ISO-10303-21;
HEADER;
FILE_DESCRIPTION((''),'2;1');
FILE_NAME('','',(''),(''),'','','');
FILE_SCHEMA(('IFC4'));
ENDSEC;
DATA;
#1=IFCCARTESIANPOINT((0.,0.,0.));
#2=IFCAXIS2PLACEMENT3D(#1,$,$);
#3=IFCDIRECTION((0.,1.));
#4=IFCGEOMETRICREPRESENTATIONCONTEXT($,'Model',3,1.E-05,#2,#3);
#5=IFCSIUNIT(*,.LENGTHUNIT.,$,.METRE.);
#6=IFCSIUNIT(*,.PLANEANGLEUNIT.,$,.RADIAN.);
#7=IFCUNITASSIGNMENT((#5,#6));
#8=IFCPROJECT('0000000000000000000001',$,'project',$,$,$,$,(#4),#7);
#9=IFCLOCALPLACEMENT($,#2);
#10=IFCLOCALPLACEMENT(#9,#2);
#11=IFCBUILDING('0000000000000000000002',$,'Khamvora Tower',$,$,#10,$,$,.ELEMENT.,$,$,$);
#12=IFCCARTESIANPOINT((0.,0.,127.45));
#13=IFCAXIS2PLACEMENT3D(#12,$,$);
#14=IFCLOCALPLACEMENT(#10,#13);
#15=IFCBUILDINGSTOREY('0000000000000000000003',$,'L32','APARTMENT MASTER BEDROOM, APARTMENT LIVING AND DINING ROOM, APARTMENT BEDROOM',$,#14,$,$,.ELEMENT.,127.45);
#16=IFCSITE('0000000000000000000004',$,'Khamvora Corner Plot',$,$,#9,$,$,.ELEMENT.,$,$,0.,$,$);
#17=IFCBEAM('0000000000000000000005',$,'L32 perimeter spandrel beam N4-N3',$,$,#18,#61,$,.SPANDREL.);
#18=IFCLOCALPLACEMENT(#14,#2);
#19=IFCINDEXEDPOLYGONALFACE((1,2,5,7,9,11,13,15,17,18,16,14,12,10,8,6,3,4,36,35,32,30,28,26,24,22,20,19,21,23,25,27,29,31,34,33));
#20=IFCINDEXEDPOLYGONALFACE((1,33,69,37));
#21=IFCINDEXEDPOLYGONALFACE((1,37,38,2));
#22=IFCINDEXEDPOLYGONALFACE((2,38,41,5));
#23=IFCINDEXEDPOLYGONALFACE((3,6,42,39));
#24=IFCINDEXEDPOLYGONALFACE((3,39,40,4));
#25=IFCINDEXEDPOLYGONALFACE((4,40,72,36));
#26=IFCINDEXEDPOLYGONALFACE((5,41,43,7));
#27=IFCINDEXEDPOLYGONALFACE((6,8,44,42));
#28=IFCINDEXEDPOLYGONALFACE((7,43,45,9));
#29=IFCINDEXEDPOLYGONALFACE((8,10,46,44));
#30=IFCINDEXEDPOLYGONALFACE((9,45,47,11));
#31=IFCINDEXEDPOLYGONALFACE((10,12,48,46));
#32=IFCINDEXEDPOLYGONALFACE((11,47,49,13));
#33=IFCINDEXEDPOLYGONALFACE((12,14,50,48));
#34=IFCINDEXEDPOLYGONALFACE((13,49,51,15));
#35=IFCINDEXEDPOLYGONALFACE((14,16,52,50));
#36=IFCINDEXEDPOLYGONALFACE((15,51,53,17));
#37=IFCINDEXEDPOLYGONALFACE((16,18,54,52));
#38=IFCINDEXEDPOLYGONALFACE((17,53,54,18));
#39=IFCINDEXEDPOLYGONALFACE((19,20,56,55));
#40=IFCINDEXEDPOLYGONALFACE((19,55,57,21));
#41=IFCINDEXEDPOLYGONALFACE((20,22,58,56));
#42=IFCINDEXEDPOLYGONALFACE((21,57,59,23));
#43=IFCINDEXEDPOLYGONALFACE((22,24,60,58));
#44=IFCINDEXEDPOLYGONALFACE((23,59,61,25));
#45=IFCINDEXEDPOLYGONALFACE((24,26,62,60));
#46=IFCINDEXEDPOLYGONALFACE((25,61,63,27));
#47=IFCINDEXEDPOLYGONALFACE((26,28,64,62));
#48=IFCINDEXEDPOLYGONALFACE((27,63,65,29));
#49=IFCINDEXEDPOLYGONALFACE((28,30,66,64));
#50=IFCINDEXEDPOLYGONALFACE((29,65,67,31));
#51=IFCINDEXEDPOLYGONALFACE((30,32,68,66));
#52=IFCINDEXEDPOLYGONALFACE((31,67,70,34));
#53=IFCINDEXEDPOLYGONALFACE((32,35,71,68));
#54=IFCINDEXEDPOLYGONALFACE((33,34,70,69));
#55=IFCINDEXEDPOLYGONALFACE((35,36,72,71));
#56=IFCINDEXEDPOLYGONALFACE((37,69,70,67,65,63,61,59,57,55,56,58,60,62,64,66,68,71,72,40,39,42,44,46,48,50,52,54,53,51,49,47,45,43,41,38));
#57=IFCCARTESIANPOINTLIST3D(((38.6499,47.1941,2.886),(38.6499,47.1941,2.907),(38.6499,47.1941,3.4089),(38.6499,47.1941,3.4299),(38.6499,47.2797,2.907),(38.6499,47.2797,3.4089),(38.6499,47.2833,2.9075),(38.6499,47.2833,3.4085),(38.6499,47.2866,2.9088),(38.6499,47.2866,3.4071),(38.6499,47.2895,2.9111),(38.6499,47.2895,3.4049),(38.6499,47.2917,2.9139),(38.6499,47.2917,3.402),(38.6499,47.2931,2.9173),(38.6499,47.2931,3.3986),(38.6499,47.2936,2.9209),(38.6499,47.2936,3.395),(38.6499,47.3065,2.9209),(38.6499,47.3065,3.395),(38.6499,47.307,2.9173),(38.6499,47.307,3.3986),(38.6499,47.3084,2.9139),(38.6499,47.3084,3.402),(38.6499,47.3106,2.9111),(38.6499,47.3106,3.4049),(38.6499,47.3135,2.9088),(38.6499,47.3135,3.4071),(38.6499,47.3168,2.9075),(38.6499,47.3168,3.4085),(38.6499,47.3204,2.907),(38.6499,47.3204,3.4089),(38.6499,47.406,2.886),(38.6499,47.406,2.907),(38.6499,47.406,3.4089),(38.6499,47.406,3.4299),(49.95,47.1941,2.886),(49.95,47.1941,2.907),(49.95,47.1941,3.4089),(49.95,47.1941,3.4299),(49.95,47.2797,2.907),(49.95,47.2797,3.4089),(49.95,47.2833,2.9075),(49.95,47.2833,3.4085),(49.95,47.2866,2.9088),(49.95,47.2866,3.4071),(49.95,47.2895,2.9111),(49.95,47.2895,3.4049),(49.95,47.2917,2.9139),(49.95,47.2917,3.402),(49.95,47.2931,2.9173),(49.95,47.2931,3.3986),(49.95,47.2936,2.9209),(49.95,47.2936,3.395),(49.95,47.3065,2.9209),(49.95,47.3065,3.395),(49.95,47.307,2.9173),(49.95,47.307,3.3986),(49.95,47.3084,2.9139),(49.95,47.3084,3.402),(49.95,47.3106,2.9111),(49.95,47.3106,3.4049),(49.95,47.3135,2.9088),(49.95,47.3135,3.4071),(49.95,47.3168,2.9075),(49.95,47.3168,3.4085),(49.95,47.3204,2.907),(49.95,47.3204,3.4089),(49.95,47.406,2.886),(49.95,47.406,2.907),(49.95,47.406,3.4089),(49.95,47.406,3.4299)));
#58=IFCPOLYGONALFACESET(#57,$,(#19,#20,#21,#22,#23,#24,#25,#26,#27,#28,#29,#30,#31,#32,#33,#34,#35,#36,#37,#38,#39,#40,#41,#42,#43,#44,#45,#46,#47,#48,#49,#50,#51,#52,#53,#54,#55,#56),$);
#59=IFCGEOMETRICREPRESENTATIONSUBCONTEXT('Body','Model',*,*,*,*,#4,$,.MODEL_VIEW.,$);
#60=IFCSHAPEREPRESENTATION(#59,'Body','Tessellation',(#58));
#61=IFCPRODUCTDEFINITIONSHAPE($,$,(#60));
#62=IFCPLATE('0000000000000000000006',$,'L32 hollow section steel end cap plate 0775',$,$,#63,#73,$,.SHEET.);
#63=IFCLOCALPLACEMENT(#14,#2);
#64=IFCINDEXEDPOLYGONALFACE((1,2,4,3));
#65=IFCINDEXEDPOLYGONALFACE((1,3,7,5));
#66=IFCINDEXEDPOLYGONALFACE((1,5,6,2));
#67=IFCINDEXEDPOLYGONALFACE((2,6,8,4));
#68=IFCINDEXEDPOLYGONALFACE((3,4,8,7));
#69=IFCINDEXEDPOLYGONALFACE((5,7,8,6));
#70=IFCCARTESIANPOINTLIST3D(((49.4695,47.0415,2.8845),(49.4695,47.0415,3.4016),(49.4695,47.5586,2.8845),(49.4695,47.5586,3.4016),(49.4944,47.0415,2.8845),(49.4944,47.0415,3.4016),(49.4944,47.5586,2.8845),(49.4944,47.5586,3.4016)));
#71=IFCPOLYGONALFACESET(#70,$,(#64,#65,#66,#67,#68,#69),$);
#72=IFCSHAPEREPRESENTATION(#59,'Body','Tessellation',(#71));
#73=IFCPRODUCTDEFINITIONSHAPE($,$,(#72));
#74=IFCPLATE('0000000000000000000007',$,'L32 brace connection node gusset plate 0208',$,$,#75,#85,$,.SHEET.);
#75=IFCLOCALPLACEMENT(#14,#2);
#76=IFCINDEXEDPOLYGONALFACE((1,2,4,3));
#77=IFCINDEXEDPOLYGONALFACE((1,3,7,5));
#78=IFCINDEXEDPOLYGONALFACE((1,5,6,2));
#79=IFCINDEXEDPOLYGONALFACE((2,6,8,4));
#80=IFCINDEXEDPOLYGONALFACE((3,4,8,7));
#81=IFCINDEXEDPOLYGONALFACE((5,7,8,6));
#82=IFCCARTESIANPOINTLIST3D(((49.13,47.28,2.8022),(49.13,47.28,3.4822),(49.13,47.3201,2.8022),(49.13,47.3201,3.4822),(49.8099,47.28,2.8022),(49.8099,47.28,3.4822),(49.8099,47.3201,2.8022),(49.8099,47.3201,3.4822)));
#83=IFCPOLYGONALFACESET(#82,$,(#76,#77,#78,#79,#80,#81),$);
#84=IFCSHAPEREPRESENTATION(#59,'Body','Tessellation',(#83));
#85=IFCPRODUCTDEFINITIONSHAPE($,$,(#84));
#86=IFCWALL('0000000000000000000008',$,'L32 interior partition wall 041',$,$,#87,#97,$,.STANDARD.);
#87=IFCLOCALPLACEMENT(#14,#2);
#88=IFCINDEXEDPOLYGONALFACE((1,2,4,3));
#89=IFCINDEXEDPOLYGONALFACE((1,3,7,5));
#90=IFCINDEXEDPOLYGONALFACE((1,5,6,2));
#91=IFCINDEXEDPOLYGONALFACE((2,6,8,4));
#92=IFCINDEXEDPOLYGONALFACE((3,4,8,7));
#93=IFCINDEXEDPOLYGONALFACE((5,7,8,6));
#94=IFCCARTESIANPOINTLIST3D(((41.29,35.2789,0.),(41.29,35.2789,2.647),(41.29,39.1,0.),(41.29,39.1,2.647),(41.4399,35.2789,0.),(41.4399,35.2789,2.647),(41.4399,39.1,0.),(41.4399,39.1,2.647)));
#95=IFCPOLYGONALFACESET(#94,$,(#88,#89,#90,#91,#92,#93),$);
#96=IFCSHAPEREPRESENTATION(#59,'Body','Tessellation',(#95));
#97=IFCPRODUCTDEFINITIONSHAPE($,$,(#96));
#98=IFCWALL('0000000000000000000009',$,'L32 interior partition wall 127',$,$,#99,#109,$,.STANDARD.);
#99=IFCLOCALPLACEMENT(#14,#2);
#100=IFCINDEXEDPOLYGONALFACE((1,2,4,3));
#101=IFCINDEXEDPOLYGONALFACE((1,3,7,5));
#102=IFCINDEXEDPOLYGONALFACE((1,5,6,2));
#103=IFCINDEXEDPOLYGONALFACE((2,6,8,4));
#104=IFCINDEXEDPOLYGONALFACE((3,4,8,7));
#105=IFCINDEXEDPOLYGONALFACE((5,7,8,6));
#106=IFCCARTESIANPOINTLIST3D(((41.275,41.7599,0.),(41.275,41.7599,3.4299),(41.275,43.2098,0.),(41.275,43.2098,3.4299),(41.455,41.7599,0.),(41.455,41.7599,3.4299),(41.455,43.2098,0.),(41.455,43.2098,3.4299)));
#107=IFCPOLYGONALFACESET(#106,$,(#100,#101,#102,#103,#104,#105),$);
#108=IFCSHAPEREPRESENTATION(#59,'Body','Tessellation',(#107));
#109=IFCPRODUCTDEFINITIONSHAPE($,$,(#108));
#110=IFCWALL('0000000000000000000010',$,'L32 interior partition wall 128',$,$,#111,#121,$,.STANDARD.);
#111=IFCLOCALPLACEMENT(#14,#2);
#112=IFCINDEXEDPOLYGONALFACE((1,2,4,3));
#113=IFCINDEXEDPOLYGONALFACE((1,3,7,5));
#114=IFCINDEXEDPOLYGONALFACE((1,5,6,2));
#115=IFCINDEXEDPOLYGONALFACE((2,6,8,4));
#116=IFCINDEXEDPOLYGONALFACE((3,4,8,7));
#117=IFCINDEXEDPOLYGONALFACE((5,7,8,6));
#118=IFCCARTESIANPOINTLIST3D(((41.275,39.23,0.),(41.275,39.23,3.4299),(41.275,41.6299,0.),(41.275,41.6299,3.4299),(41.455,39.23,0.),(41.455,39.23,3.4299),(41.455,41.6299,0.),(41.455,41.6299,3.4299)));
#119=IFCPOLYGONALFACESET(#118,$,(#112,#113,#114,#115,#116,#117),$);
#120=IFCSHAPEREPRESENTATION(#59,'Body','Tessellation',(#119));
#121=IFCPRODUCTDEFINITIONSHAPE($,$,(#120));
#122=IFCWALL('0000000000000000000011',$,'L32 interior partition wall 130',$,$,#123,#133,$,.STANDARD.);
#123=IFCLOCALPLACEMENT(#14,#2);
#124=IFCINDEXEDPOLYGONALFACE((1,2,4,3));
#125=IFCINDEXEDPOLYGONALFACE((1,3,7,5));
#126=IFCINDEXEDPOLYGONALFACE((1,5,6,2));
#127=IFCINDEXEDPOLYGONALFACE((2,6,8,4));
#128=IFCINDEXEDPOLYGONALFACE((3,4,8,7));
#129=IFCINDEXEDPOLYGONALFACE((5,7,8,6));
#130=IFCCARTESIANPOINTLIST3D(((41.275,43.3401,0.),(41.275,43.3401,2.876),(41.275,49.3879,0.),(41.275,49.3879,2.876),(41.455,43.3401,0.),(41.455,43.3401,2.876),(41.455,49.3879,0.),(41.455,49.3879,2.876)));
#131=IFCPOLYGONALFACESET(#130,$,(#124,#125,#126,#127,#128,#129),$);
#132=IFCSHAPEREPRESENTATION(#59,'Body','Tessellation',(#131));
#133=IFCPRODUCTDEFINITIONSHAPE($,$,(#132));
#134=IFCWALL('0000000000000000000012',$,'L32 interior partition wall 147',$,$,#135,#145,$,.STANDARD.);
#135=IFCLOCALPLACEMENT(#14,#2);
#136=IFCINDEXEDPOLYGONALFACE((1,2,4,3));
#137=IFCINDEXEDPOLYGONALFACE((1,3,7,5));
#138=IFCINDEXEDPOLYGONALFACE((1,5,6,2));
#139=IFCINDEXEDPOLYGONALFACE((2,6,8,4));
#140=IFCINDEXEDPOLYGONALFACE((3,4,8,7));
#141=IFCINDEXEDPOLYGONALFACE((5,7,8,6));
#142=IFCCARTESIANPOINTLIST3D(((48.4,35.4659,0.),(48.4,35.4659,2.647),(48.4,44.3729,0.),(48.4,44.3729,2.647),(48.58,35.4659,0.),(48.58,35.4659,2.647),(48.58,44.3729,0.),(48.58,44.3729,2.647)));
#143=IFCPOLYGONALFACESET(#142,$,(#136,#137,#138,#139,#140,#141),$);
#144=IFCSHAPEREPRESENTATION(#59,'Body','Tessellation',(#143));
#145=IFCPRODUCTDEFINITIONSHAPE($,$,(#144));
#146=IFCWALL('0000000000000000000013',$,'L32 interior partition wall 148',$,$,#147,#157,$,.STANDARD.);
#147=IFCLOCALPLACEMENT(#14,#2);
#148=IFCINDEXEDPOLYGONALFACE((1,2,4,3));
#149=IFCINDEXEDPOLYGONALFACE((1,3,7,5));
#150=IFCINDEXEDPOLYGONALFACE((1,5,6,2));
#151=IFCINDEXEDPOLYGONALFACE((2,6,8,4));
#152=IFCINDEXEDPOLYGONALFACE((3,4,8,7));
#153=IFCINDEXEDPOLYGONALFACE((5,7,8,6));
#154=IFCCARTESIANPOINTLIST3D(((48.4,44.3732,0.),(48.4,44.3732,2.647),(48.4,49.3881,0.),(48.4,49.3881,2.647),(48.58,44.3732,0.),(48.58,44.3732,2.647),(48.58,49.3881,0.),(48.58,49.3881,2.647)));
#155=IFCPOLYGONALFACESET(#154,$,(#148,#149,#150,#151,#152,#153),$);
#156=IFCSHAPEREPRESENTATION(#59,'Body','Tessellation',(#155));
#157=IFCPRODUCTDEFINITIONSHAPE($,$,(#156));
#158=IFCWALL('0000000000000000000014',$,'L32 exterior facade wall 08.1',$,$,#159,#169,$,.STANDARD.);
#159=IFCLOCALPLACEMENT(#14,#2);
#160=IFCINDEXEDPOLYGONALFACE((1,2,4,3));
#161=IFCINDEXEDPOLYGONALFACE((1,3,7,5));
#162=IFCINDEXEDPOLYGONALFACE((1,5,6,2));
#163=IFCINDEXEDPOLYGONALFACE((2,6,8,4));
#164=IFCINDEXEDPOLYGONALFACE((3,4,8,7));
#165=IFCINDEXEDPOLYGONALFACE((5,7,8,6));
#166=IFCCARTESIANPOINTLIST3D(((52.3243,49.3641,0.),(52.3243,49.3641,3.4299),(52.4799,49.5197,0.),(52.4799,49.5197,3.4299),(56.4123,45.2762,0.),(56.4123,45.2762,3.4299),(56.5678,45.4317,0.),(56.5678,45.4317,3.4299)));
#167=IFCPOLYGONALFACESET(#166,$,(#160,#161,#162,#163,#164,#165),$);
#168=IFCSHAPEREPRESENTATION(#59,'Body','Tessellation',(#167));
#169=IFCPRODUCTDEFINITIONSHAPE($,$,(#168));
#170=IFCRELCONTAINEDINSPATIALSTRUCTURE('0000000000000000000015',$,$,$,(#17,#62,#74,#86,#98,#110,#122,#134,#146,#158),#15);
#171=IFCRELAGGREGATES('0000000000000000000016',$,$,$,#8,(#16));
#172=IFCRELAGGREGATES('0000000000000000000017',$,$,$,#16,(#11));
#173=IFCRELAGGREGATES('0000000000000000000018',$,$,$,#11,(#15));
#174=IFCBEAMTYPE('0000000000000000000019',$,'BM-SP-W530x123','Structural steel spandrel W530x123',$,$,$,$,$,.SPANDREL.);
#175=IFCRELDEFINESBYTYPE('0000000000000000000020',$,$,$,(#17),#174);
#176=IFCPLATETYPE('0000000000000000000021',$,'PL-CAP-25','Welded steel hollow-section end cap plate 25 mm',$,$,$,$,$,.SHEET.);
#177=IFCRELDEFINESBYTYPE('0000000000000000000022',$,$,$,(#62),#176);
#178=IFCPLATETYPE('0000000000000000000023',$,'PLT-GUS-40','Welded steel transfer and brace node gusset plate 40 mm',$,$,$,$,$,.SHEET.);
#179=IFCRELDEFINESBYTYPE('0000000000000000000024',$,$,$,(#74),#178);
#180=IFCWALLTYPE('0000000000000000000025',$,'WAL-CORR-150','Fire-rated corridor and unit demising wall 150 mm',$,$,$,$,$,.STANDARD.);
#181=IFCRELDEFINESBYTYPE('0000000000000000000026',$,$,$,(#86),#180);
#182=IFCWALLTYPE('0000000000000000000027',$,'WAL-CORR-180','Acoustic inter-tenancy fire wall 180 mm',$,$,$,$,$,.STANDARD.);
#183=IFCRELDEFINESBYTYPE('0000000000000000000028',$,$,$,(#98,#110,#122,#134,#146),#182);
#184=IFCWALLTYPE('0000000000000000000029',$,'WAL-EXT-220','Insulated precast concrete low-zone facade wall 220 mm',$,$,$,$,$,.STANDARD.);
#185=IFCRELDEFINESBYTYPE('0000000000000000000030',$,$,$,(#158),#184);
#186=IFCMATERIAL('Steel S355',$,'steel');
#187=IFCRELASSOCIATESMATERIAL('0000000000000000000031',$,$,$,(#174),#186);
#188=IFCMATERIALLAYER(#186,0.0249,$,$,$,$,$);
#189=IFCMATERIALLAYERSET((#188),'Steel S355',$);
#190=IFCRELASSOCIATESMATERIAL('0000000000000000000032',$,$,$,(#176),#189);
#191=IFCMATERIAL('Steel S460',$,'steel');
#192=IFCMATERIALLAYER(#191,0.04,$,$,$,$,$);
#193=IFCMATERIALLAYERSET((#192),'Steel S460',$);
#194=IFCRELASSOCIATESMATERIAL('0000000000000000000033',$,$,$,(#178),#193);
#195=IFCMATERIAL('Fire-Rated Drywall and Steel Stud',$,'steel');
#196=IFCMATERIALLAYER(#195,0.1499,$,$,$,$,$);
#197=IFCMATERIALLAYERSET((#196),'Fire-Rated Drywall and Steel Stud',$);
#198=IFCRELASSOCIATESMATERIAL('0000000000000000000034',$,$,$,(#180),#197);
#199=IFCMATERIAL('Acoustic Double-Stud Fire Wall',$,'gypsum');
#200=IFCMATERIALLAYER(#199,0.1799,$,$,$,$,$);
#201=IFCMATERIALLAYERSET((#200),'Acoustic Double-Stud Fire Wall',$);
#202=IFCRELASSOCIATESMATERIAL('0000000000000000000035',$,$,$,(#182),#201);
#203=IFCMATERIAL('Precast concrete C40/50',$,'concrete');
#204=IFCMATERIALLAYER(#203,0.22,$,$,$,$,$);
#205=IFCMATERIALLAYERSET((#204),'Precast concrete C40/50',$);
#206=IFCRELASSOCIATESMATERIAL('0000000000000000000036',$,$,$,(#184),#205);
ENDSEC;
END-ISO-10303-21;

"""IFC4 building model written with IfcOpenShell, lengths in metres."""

from ifc_helpers import new_model, si_unit, direction, frame, frame_2d, origin, origin_2d, place, context, subcontext, project, spatial, rectangle, i_section, extrude, material, layer, layer_set, material_profile, profile_set, type_object, element, save


model = new_model("IFC4")

# Units and contexts
model_context = context("Model", 3, precision=1e-05, world=origin(), true_north=direction((0.0, 1.0)))
body_context = subcontext(model_context, "Body", "Model", "MODEL_VIEW")
ifc_project = project(units=[si_unit("LENGTHUNIT", "METRE"), si_unit("PLANEANGLEUNIT", "RADIAN")], contexts=[model_context])

# Site, building, storey
site_placement = place(None, origin())
site = spatial("IfcSite", under=ifc_project, at=site_placement, Name="Khamvora Corner Plot", CompositionType="ELEMENT", RefElevation=0.0)
building_placement = place(site_placement, origin())
building = spatial("IfcBuilding", under=site, at=building_placement, Name="Khamvora Tower", CompositionType="ELEMENT")
storey_placement = place(building_placement, frame((0.0, 0.0, 127.45)))
storey = spatial("IfcBuildingStorey", under=building, at=storey_placement, Name="L32", Description="APARTMENT MASTER BEDROOM, APARTMENT LIVING AND DINING ROOM, APARTMENT BEDROOM", CompositionType="ELEMENT", Elevation=127.45)

# Shared definitions
ifc_material_1 = material(Name="Steel S355", Category="steel")

# Beam
ifc_material_profile_1 = material_profile(ifc_material_1, i_section(OverallWidth=0.2119, OverallDepth=0.5439, WebThickness=0.0129, FlangeThickness=0.021, FilletRadius=0.0139, at=origin_2d()), Name="W530x123")
ifc_profile_set_1 = profile_set([ifc_material_profile_1], Name="Steel S355")
beam_type_1 = type_object("IfcBeamType", Name="BM-SP-W530x123", Description="Structural steel spandrel W530x123", PredefinedType="SPANDREL", material=ifc_profile_set_1)
beam_1_placement = place(storey_placement, frame((49.95, 47.3, 3.158), z_axis=(-1.0, 0.0, 0.0), x_axis=(0.0, -1.0, 0.0)))
element("IfcBeam", 1, at=beam_1_placement, inside=storey, type_object=beam_type_1, Name="L32 perimeter spandrel beam N4-N3", PredefinedType="SPANDREL", context=body_context, shape_type="SweptSolid", body=[
    extrude(i_section(OverallWidth=0.2119, OverallDepth=0.5439, WebThickness=0.0129, FlangeThickness=0.021, FilletRadius=0.0139, at=origin_2d()), origin(), (0.0, 0.0, 1.0), 11.3),
])

# Plates
ifc_layer_1 = layer(ifc_material_1, 0.0249)
ifc_layer_set_1 = layer_set([ifc_layer_1], Name="Steel S355")
plate_type_1 = type_object("IfcPlateType", Name="PL-CAP-25", Description="Welded steel hollow-section end cap plate 25 mm", PredefinedType="SHEET", material=ifc_layer_set_1)
plate_1_placement = place(storey_placement, frame((49.4819, 47.3, 2.8845), z_axis=(0.0, 0.0, 1.0), x_axis=(1.0, 0.0, 0.0)))
element("IfcPlate", 2, at=plate_1_placement, inside=storey, type_object=plate_type_1, Name="L32 hollow section steel end cap plate 0775", PredefinedType="SHEET", context=body_context, shape_type="SweptSolid", body=[
    extrude(rectangle(XDim=0.0249, YDim=0.5171, at=origin_2d()), origin(), (0.0, 0.0, 1.0), 0.5171),
])
ifc_material_2 = material(Name="Steel S460", Category="steel")
ifc_layer_2 = layer(ifc_material_2, 0.04)
ifc_layer_set_2 = layer_set([ifc_layer_2], Name="Steel S460")
plate_type_2 = type_object("IfcPlateType", Name="PLT-GUS-40", Description="Welded steel transfer and brace node gusset plate 40 mm", PredefinedType="SHEET", material=ifc_layer_set_2)
plate_2_placement = place(storey_placement, frame((49.47, 47.3, 2.8022), z_axis=(0.0, 0.0, 1.0), x_axis=(1.0, 0.0, 0.0)))
element("IfcPlate", 3, at=plate_2_placement, inside=storey, type_object=plate_type_2, Name="L32 brace connection node gusset plate 0208", PredefinedType="SHEET", context=body_context, shape_type="SweptSolid", body=[
    extrude(rectangle(XDim=0.6799, YDim=0.04, at=origin_2d()), origin(), (0.0, 0.0, 1.0), 0.6799),
])

# Walls
ifc_material_3 = material(Name="Fire-Rated Drywall and Steel Stud", Category="steel")
ifc_layer_3 = layer(ifc_material_3, 0.1499)
ifc_layer_set_3 = layer_set([ifc_layer_3], Name="Fire-Rated Drywall and Steel Stud")
wall_type_1 = type_object("IfcWallType", Name="WAL-CORR-150", Description="Fire-rated corridor and unit demising wall 150 mm", PredefinedType="STANDARD", material=ifc_layer_set_3)
wall_1_placement = place(storey_placement, frame((41.365, 39.1001, 0.0), z_axis=(0.0, 0.0, 1.0), x_axis=(0.0, -1.0, 0.0)))
element("IfcWall", 4, at=wall_1_placement, inside=storey, type_object=wall_type_1, Name="L32 interior partition wall 041", PredefinedType="STANDARD", context=body_context, shape_type="SweptSolid", body=[
    extrude(rectangle(XDim=3.821, YDim=0.1499, at=frame_2d((1.9106, 0.0))), origin(), (0.0, 0.0, 1.0), 2.647),
])
ifc_material_4 = material(Name="Acoustic Double-Stud Fire Wall", Category="gypsum")
ifc_layer_4 = layer(ifc_material_4, 0.1799)
ifc_layer_set_4 = layer_set([ifc_layer_4], Name="Acoustic Double-Stud Fire Wall")
wall_type_2 = type_object("IfcWallType", Name="WAL-CORR-180", Description="Acoustic inter-tenancy fire wall 180 mm", PredefinedType="STANDARD", material=ifc_layer_set_4)
wall_2_placement = place(storey_placement, frame((41.365, 43.21, 0.0), z_axis=(0.0, 0.0, 1.0), x_axis=(0.0, -1.0, 0.0)))
element("IfcWall", 5, at=wall_2_placement, inside=storey, type_object=wall_type_2, Name="L32 interior partition wall 127", PredefinedType="STANDARD", context=body_context, shape_type="SweptSolid", body=[
    extrude(rectangle(XDim=1.45, YDim=0.1799, at=frame_2d((0.7251, 0.0))), origin(), (0.0, 0.0, 1.0), 3.4299),
])
wall_3_placement = place(storey_placement, frame((41.365, 41.6299, 0.0), z_axis=(0.0, 0.0, 1.0), x_axis=(0.0, -1.0, 0.0)))
element("IfcWall", 6, at=wall_3_placement, inside=storey, type_object=wall_type_2, Name="L32 interior partition wall 128", PredefinedType="STANDARD", context=body_context, shape_type="SweptSolid", body=[
    extrude(rectangle(XDim=2.3999, YDim=0.1799, at=frame_2d((1.2, 0.0))), origin(), (0.0, 0.0, 1.0), 3.4299),
])
wall_4_placement = place(storey_placement, frame((41.365, 49.3879, 0.0), z_axis=(0.0, 0.0, 1.0), x_axis=(0.0, -1.0, 0.0)))
element("IfcWall", 7, at=wall_4_placement, inside=storey, type_object=wall_type_2, Name="L32 interior partition wall 130", PredefinedType="STANDARD", context=body_context, shape_type="SweptSolid", body=[
    extrude(rectangle(XDim=6.0479, YDim=0.1799, at=frame_2d((3.0239, 0.0))), origin(), (0.0, 0.0, 1.0), 2.876),
])
wall_5_placement = place(storey_placement, frame((48.49, 44.373, 0.0), z_axis=(0.0, 0.0, 1.0), x_axis=(0.0, -1.0, 0.0)))
element("IfcWall", 8, at=wall_5_placement, inside=storey, type_object=wall_type_2, Name="L32 interior partition wall 147", PredefinedType="STANDARD", context=body_context, shape_type="SweptSolid", body=[
    extrude(rectangle(XDim=8.907, YDim=0.1799, at=frame_2d((4.4536, 0.0))), origin(), (0.0, 0.0, 1.0), 2.647),
])
wall_6_placement = place(storey_placement, frame((48.49, 49.3879, 0.0), z_axis=(0.0, 0.0, 1.0), x_axis=(0.0, -1.0, 0.0)))
element("IfcWall", 9, at=wall_6_placement, inside=storey, type_object=wall_type_2, Name="L32 interior partition wall 148", PredefinedType="STANDARD", context=body_context, shape_type="SweptSolid", body=[
    extrude(rectangle(XDim=5.0149, YDim=0.1799, at=frame_2d((2.5073, 0.0))), origin(), (0.0, 0.0, 1.0), 2.647),
])
ifc_material_5 = material(Name="Precast concrete C40/50", Category="concrete")
ifc_layer_5 = layer(ifc_material_5, 0.22)
ifc_layer_set_5 = layer_set([ifc_layer_5], Name="Precast concrete C40/50")
wall_type_3 = type_object("IfcWallType", Name="WAL-EXT-220", Description="Insulated precast concrete low-zone facade wall 220 mm", PredefinedType="STANDARD", material=ifc_layer_set_5)
wall_7_placement = place(storey_placement, frame((52.4021, 49.4419, 0.0), z_axis=(0.0, 0.0, 1.0), x_axis=(0.707107, -0.707107, 0.0)))
element("IfcWall", 10, at=wall_7_placement, inside=storey, type_object=wall_type_3, Name="L32 exterior facade wall 08.1", PredefinedType="STANDARD", context=body_context, shape_type="SweptSolid", body=[
    extrude(rectangle(XDim=5.7812, YDim=0.22, at=frame_2d((2.8906, 0.0))), origin(), (0.0, 0.0, 1.0), 3.4299),
])

save(model, "model.ifc")
